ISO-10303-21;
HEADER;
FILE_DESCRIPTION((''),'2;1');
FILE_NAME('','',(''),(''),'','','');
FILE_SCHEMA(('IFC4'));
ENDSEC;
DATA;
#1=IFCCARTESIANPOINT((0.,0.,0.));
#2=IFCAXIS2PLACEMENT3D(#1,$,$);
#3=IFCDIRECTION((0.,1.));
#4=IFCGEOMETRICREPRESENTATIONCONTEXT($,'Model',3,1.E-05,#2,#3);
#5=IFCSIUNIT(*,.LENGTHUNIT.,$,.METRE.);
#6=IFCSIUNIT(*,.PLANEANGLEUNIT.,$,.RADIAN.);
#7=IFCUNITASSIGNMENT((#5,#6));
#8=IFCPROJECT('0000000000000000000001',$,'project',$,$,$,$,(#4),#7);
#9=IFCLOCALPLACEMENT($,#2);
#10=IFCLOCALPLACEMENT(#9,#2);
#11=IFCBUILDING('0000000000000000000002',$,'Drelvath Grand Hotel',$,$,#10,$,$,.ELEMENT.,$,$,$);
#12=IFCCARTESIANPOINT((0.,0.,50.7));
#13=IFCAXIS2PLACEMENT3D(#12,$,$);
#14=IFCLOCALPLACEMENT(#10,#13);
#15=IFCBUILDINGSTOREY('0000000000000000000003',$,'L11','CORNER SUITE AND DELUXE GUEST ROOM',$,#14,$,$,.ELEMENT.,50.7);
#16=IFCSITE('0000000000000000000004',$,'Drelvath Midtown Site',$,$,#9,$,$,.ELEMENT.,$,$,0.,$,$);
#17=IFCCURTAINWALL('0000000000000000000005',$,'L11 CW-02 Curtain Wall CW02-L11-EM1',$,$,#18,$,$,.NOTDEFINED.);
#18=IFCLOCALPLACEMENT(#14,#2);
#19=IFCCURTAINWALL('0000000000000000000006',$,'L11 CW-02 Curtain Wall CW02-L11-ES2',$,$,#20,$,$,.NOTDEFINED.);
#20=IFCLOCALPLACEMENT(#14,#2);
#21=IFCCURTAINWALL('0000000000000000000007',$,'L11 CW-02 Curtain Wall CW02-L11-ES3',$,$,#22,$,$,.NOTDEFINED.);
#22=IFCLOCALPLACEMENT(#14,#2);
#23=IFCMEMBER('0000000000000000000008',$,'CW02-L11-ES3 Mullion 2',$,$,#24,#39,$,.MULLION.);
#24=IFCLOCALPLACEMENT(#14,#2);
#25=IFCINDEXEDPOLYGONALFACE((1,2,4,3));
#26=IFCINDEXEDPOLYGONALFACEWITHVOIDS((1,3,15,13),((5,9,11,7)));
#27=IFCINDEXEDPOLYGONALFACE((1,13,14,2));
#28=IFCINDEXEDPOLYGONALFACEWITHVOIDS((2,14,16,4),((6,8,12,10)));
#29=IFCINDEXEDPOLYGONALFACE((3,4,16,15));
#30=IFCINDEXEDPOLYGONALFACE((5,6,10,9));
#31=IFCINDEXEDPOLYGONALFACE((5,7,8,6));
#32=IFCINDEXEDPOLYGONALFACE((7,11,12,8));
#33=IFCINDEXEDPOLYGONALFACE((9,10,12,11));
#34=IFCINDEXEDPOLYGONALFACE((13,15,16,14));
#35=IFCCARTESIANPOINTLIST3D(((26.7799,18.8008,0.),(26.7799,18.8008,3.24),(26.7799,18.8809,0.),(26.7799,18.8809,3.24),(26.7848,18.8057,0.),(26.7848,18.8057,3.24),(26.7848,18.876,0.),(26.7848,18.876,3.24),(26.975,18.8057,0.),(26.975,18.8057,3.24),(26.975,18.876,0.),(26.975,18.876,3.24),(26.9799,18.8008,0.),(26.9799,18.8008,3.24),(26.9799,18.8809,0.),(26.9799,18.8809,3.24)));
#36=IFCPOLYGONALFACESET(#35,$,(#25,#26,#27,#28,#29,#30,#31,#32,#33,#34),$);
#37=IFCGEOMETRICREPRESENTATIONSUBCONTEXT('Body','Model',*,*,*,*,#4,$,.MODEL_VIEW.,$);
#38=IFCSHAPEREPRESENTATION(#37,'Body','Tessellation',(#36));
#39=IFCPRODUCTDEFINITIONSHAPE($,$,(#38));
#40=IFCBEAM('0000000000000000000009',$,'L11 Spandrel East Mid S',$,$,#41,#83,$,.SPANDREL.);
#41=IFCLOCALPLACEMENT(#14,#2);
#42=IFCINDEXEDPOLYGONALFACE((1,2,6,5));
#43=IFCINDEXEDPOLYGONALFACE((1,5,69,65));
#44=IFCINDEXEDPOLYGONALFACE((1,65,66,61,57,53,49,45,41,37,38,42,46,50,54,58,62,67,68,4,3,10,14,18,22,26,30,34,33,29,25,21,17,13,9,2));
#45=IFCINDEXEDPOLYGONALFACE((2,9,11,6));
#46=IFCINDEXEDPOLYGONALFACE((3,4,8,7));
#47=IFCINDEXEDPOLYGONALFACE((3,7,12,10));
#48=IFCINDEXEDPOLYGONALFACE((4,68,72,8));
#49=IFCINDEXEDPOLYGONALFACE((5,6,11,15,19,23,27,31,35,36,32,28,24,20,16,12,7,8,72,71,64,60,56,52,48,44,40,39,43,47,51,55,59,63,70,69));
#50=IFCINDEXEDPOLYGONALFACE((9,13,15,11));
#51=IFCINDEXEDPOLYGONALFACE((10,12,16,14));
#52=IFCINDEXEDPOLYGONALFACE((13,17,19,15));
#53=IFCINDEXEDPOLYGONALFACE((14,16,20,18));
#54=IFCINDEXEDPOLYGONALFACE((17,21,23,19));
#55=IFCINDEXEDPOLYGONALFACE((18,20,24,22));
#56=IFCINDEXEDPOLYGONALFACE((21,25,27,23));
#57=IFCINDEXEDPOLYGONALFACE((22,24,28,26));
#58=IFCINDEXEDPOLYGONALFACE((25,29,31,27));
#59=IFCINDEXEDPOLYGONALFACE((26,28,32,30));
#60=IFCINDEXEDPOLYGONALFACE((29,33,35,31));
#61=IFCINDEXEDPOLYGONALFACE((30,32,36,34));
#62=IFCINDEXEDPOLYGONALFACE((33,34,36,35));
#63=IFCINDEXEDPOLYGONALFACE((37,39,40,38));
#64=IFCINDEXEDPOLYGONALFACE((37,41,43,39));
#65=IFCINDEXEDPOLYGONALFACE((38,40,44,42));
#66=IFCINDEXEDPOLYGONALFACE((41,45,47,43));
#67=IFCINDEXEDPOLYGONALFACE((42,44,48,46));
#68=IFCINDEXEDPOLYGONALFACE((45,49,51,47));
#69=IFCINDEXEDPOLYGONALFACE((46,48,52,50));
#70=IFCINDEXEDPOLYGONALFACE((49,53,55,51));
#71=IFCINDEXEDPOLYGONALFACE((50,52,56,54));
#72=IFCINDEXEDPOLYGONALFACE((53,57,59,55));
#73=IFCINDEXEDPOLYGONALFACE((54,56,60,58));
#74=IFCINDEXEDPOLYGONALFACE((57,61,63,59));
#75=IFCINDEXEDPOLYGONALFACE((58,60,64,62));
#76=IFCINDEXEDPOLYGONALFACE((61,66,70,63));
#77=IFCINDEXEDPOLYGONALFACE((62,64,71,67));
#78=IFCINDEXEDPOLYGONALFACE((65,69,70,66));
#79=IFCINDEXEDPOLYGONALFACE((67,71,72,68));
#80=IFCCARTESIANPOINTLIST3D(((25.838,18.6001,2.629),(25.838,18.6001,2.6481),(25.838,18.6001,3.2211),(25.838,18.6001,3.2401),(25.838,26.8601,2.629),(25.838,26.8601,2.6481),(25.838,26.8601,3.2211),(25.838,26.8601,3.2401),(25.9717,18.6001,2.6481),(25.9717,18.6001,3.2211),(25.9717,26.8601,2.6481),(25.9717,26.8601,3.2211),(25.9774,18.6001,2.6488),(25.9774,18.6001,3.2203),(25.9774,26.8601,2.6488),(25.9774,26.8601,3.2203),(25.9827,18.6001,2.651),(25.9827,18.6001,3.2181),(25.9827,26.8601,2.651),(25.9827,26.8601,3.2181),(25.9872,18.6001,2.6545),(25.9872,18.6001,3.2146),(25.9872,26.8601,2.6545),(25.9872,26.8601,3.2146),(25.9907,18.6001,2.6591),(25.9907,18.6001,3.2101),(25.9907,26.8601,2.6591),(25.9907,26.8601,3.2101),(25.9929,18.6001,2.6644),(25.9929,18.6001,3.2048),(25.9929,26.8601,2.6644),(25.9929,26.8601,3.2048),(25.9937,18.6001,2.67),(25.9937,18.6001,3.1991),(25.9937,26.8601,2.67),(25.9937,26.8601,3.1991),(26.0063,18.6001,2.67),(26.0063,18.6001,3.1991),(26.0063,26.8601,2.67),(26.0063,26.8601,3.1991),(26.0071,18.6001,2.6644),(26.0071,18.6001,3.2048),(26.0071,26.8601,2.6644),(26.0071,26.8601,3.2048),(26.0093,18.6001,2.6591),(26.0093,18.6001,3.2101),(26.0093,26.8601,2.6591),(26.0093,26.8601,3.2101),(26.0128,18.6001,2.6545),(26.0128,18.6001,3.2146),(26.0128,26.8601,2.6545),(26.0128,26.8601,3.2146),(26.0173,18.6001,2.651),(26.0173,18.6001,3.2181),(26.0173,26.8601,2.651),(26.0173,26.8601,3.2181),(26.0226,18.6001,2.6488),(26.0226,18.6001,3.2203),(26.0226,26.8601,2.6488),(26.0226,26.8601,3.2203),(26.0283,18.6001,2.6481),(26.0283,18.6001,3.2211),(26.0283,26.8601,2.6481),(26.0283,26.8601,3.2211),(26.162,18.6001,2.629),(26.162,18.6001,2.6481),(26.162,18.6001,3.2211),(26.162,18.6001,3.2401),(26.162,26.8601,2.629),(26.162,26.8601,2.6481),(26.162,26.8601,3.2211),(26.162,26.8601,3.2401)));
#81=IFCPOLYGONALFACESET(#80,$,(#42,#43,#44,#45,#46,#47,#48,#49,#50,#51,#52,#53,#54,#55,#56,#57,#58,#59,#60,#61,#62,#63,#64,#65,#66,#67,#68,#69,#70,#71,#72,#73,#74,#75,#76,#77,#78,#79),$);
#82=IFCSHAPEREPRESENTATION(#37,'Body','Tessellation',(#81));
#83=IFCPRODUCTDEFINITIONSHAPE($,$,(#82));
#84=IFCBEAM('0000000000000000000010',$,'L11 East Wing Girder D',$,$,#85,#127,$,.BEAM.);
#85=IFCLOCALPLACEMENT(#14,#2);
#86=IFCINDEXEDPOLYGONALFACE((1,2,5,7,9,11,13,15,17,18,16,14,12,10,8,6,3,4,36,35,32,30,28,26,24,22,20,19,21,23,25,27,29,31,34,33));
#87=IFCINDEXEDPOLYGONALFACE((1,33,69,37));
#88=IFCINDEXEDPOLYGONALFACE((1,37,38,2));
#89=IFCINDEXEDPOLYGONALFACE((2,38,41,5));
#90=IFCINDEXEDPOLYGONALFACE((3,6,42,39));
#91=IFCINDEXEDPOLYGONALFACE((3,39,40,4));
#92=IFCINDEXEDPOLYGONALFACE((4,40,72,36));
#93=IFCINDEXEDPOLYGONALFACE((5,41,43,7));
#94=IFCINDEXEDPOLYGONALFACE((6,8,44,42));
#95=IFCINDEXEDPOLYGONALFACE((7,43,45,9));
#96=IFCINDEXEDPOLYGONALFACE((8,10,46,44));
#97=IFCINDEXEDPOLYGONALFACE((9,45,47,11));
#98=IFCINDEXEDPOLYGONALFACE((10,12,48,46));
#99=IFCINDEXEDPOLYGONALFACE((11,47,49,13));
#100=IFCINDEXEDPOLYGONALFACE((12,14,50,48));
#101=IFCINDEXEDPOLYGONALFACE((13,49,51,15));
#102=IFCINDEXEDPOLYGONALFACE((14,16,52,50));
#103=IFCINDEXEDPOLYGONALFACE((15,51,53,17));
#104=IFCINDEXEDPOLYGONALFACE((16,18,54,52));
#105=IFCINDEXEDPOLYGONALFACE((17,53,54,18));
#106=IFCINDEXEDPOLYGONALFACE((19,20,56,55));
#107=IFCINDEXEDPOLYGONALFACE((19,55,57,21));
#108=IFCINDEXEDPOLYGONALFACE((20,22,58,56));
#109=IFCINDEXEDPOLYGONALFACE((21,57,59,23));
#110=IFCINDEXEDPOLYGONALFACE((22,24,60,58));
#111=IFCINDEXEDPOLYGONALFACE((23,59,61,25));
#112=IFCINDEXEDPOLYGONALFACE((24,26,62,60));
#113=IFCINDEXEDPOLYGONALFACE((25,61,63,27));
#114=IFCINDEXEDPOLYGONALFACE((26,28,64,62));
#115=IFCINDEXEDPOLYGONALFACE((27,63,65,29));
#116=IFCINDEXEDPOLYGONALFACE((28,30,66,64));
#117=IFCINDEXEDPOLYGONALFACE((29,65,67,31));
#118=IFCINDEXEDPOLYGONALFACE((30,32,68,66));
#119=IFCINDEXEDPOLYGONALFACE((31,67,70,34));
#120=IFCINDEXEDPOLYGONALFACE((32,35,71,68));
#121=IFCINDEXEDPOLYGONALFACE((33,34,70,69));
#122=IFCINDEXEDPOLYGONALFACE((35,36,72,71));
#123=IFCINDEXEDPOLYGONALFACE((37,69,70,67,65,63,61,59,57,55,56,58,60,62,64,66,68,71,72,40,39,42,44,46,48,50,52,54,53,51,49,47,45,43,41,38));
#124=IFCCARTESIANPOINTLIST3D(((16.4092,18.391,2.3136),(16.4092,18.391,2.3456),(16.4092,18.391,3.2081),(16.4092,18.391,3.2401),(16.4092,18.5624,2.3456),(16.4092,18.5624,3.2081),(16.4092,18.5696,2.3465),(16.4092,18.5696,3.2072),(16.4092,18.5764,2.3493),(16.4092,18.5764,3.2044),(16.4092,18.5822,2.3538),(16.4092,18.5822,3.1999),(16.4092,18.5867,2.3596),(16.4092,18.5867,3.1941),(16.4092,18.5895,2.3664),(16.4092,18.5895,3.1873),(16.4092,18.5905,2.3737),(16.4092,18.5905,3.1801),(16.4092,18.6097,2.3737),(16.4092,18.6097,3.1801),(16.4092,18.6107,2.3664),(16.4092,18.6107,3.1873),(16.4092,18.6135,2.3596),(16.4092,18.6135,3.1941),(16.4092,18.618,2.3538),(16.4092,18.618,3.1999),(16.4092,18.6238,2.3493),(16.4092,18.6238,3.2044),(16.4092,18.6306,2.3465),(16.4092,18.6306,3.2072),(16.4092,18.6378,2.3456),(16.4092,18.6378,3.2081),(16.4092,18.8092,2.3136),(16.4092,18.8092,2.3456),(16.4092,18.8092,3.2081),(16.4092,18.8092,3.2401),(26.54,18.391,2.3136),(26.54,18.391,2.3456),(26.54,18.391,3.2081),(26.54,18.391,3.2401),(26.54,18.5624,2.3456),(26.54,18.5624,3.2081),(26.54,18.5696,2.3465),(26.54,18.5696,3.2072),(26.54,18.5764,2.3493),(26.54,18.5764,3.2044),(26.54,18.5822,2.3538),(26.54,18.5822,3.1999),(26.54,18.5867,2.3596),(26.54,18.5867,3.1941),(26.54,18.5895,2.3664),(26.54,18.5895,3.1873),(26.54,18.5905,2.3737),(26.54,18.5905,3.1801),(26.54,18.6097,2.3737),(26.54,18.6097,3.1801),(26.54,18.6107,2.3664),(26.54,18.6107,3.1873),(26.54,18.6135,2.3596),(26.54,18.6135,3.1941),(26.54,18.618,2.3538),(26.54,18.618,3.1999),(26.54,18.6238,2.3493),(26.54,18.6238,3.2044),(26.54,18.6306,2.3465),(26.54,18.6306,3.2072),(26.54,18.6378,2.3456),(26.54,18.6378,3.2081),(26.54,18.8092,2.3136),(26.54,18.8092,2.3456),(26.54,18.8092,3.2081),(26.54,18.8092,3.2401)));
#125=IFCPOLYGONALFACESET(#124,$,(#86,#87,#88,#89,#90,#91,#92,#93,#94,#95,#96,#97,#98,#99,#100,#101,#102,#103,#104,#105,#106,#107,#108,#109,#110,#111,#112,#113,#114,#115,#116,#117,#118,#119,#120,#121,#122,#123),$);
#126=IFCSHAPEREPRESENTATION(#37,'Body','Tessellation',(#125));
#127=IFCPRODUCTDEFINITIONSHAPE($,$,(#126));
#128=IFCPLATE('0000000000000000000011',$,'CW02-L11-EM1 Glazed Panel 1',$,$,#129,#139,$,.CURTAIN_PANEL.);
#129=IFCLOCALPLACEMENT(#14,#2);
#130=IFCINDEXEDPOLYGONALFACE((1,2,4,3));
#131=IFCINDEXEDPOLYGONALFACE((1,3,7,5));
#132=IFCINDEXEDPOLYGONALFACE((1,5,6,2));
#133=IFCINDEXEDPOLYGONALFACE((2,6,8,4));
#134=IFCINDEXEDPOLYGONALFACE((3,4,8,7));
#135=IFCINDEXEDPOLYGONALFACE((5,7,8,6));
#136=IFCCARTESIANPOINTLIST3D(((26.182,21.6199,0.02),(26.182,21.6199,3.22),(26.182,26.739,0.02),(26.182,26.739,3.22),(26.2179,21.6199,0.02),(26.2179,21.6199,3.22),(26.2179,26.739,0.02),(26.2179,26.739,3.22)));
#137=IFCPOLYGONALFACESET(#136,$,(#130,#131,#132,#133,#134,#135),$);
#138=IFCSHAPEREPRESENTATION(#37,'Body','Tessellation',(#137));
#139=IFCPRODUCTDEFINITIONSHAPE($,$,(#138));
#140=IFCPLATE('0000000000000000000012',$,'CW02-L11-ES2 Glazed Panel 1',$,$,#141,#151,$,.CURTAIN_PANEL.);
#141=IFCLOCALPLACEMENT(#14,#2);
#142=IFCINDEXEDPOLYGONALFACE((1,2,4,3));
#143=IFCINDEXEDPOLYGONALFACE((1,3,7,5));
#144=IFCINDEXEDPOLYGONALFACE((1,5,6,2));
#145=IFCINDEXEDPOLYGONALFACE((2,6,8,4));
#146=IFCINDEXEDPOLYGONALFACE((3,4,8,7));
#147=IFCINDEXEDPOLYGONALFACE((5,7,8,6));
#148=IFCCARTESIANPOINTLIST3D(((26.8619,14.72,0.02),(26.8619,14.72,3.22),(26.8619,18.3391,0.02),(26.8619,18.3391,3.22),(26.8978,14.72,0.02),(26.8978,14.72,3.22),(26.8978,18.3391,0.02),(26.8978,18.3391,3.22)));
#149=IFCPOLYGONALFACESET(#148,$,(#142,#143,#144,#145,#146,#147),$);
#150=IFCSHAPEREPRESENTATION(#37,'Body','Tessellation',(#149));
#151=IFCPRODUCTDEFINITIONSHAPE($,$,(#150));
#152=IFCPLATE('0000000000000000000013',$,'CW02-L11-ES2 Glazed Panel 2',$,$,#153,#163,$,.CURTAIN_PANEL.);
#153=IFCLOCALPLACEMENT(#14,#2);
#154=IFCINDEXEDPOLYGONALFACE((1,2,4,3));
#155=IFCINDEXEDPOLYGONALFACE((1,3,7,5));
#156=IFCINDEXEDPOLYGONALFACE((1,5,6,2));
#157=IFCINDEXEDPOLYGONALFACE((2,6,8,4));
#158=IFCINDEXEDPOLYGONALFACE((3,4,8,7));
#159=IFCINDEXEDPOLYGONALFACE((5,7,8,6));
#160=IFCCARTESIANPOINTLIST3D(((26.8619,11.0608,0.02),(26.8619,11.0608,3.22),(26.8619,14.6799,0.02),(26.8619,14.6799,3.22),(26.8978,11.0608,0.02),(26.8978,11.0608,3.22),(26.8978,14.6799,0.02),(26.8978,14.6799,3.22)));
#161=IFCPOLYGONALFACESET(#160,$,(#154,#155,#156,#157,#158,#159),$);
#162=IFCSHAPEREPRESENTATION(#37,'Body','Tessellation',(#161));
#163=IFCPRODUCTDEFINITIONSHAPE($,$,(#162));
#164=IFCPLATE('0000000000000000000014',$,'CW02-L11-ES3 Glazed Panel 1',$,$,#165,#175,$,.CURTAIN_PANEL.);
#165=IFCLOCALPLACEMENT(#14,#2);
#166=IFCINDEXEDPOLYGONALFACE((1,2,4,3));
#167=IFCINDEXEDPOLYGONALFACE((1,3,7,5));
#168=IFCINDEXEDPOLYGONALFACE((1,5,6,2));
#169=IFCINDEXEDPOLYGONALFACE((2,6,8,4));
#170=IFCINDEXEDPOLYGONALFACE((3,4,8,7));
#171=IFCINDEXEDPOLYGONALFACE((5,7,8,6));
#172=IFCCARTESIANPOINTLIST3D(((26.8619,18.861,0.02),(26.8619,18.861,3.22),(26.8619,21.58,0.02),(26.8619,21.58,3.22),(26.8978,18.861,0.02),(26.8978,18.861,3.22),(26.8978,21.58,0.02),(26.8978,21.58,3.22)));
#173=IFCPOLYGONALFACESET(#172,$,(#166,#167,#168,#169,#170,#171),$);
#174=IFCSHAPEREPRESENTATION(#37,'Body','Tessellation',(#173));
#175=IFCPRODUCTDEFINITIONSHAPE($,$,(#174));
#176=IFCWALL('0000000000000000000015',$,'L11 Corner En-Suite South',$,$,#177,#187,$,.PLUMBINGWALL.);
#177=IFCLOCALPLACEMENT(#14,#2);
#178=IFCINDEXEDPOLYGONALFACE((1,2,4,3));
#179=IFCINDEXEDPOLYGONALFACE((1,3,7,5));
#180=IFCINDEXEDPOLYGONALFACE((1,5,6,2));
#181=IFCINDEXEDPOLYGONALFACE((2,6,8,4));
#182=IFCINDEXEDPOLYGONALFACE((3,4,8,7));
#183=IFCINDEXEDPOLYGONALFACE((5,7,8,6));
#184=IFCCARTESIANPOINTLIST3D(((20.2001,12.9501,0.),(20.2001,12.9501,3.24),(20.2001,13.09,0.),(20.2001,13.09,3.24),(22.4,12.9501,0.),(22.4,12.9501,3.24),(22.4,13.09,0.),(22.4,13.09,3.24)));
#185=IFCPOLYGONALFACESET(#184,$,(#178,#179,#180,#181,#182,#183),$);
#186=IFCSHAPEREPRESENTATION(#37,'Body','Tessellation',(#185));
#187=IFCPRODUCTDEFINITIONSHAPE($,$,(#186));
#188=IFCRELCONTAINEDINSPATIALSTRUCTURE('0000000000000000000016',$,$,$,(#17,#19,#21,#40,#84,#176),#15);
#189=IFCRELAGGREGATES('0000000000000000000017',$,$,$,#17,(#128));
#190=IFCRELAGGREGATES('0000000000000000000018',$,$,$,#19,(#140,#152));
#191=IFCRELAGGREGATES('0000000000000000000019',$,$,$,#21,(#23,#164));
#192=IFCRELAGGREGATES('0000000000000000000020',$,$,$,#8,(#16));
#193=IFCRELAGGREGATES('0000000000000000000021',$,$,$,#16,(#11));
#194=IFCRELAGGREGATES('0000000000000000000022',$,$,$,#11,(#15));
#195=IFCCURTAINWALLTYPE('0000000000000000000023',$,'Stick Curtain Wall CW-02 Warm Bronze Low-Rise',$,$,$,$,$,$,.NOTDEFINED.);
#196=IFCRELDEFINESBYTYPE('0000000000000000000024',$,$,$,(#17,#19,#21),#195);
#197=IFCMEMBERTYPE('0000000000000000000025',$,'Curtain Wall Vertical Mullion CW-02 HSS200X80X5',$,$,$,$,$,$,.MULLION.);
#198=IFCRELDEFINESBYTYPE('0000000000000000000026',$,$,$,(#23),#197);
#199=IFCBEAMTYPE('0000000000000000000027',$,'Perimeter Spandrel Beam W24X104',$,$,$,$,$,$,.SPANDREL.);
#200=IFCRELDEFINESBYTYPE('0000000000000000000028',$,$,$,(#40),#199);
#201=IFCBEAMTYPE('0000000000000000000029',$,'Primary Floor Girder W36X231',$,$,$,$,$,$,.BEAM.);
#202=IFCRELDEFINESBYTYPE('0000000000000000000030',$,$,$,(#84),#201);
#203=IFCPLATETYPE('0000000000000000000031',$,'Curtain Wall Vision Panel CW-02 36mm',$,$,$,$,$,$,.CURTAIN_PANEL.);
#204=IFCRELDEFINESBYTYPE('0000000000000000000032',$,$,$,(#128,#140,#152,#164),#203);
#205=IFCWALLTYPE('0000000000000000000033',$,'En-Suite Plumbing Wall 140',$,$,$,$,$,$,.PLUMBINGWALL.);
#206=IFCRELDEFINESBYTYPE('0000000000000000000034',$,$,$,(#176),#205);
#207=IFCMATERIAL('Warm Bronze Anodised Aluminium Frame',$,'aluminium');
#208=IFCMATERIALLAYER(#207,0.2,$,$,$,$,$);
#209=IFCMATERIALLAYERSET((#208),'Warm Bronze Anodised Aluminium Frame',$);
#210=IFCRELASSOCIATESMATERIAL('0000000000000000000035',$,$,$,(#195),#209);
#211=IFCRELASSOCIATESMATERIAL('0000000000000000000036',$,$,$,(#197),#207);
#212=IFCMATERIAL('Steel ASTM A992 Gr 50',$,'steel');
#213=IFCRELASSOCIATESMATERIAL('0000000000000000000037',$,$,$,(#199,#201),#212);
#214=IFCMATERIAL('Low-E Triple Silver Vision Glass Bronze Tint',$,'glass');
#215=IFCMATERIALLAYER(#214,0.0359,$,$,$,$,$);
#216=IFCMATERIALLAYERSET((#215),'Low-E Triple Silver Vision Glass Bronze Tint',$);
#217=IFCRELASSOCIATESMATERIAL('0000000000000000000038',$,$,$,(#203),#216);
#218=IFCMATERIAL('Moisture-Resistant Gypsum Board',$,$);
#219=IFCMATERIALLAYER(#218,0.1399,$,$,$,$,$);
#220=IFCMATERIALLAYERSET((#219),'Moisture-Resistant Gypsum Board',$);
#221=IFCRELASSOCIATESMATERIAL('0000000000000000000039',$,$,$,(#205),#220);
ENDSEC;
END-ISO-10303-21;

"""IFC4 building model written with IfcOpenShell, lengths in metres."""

from ifc_helpers import new_model, si_unit, direction, frame, frame_2d, origin, origin_2d, place, context, subcontext, project, spatial, rectangle, hollow_rectangle, i_section, extrude, material, layer, layer_set, material_profile, profile_set, type_object, element, aggregate, save


model = new_model("IFC4")

# Units and contexts
model_context = context("Model", 3, precision=1e-05, world=origin(), true_north=direction((0.0, 1.0)))
body_context = subcontext(model_context, "Body", "Model", "MODEL_VIEW")
ifc_project = project(units=[si_unit("LENGTHUNIT", "METRE"), si_unit("PLANEANGLEUNIT", "RADIAN")], contexts=[model_context])

# Site, building, storey
site_placement = place(None, origin())
site = spatial("IfcSite", under=ifc_project, at=site_placement, Name="Drelvath Midtown Site", CompositionType="ELEMENT", RefElevation=0.0)
building_placement = place(site_placement, origin())
building = spatial("IfcBuilding", under=site, at=building_placement, Name="Drelvath Grand Hotel", CompositionType="ELEMENT")
storey_placement = place(building_placement, frame((0.0, 0.0, 50.7)))
storey = spatial("IfcBuildingStorey", under=building, at=storey_placement, Name="L11", Description="CORNER SUITE AND DELUXE GUEST ROOM", CompositionType="ELEMENT", Elevation=50.7)

# Curtain walls
ifc_material_1 = material(Name="Warm Bronze Anodised Aluminium Frame", Category="aluminium")
ifc_layer_1 = layer(ifc_material_1, 0.2)
ifc_layer_set_1 = layer_set([ifc_layer_1], Name="Warm Bronze Anodised Aluminium Frame")
curtain_wall_type = type_object("IfcCurtainWallType", Name="Stick Curtain Wall CW-02 Warm Bronze Low-Rise", PredefinedType="NOTDEFINED", material=ifc_layer_set_1)
curtain_wall_1_placement = place(storey_placement, origin())
curtain_wall_1 = element("IfcCurtainWall", 1, at=curtain_wall_1_placement, inside=storey, type_object=curtain_wall_type, Name="L11 CW-02 Curtain Wall CW02-L11-EM1", PredefinedType="NOTDEFINED")
curtain_wall_2_placement = place(storey_placement, origin())
curtain_wall_2 = element("IfcCurtainWall", 2, at=curtain_wall_2_placement, inside=storey, type_object=curtain_wall_type, Name="L11 CW-02 Curtain Wall CW02-L11-ES2", PredefinedType="NOTDEFINED")
curtain_wall_3_placement = place(storey_placement, origin())
curtain_wall_3 = element("IfcCurtainWall", 3, at=curtain_wall_3_placement, inside=storey, type_object=curtain_wall_type, Name="L11 CW-02 Curtain Wall CW02-L11-ES3", PredefinedType="NOTDEFINED")

# Member
ifc_material_profile_1 = material_profile(ifc_material_1, hollow_rectangle(XDim=0.0801, YDim=0.2, WallThickness=0.0049, at=origin_2d()), Name="HSS200X80X5")
ifc_profile_set_1 = profile_set([ifc_material_profile_1], Name="Warm Bronze Anodised Aluminium Frame")
member_type_1 = type_object("IfcMemberType", Name="Curtain Wall Vertical Mullion CW-02 HSS200X80X5", PredefinedType="MULLION", material=ifc_profile_set_1)
member_1_placement = place(storey_placement, frame((26.8799, 18.8408, 0.0), z_axis=(0.0, 0.0, 1.0), x_axis=(0.0, 1.0, 0.0)))
member_1 = element("IfcMember", 4, at=member_1_placement, type_object=member_type_1, Name="CW02-L11-ES3 Mullion 2", PredefinedType="MULLION", context=body_context, shape_type="SweptSolid", body=[
    extrude(hollow_rectangle(XDim=0.0801, YDim=0.2, WallThickness=0.0049, at=origin_2d()), origin(), (0.0, 0.0, 1.0), 3.24),
])

# Beams
ifc_material_2 = material(Name="Steel ASTM A992 Gr 50", Category="steel")
ifc_material_profile_2 = material_profile(ifc_material_2, i_section(OverallWidth=0.324, OverallDepth=0.6111, WebThickness=0.0127, FlangeThickness=0.019, FilletRadius=0.022, at=origin_2d()), Name="W24X104")
ifc_profile_set_2 = profile_set([ifc_material_profile_2], Name="Steel ASTM A992 Gr 50")
beam_type_1 = type_object("IfcBeamType", Name="Perimeter Spandrel Beam W24X104", PredefinedType="SPANDREL", material=ifc_profile_set_2)
beam_1_placement = place(storey_placement, frame((26.0, 18.6001, 2.9346), z_axis=(0.0, 1.0, 0.0), x_axis=(-1.0, 0.0, 0.0)))
element("IfcBeam", 5, at=beam_1_placement, inside=storey, type_object=beam_type_1, Name="L11 Spandrel East Mid S", PredefinedType="SPANDREL", context=body_context, shape_type="SweptSolid", body=[
    extrude(i_section(OverallWidth=0.324, OverallDepth=0.6111, WebThickness=0.0127, FlangeThickness=0.019, FilletRadius=0.022, at=origin_2d()), origin(), (0.0, 0.0, 1.0), 8.26),
])
ifc_material_profile_3 = material_profile(ifc_material_2, i_section(OverallWidth=0.4182, OverallDepth=0.9265, WebThickness=0.0193, FlangeThickness=0.032, FilletRadius=0.0281, at=origin_2d()), Name="W36X231")
ifc_profile_set_3 = profile_set([ifc_material_profile_3], Name="Steel ASTM A992 Gr 50")
beam_type_2 = type_object("IfcBeamType", Name="Primary Floor Girder W36X231", PredefinedType="BEAM", material=ifc_profile_set_3)
beam_2_placement = place(storey_placement, frame((16.4092, 18.6001, 2.7769), z_axis=(1.0, 0.0, 0.0), x_axis=(0.0, 1.0, 0.0)))
element("IfcBeam", 6, at=beam_2_placement, inside=storey, type_object=beam_type_2, Name="L11 East Wing Girder D", PredefinedType="BEAM", context=body_context, shape_type="SweptSolid", body=[
    extrude(i_section(OverallWidth=0.4182, OverallDepth=0.9265, WebThickness=0.0193, FlangeThickness=0.032, FilletRadius=0.0281, at=origin_2d()), origin(), (0.0, 0.0, 1.0), 10.1309),
])

# Plates
ifc_material_3 = material(Name="Low-E Triple Silver Vision Glass Bronze Tint", Category="glass")
ifc_layer_2 = layer(ifc_material_3, 0.0359)
ifc_layer_set_2 = layer_set([ifc_layer_2], Name="Low-E Triple Silver Vision Glass Bronze Tint")
plate_type = type_object("IfcPlateType", Name="Curtain Wall Vision Panel CW-02 36mm", PredefinedType="CURTAIN_PANEL", material=ifc_layer_set_2)
plate_1_placement = place(storey_placement, frame((26.2, 24.1794, 0.02), z_axis=(0.0, 0.0, 1.0), x_axis=(0.0, -1.0, 0.0)))
plate_1 = element("IfcPlate", 7, at=plate_1_placement, type_object=plate_type, Name="CW02-L11-EM1 Glazed Panel 1", PredefinedType="CURTAIN_PANEL", context=body_context, shape_type="SweptSolid", body=[
    extrude(rectangle(XDim=5.1191, YDim=0.0359, at=origin_2d()), origin(), (0.0, 0.0, 1.0), 3.2),
])
aggregate(curtain_wall_1, [plate_1])
plate_2_placement = place(storey_placement, frame((26.8799, 16.5295, 0.02), z_axis=(0.0, 0.0, 1.0), x_axis=(0.0, -1.0, 0.0)))
plate_2 = element("IfcPlate", 8, at=plate_2_placement, type_object=plate_type, Name="CW02-L11-ES2 Glazed Panel 1", PredefinedType="CURTAIN_PANEL", context=body_context, shape_type="SweptSolid", body=[
    extrude(rectangle(XDim=3.6191, YDim=0.0359, at=origin_2d()), origin(), (0.0, 0.0, 1.0), 3.2),
])
plate_3_placement = place(storey_placement, frame((26.8799, 12.8704, 0.02), z_axis=(0.0, 0.0, 1.0), x_axis=(0.0, -1.0, 0.0)))
plate_3 = element("IfcPlate", 9, at=plate_3_placement, type_object=plate_type, Name="CW02-L11-ES2 Glazed Panel 2", PredefinedType="CURTAIN_PANEL", context=body_context, shape_type="SweptSolid", body=[
    extrude(rectangle(XDim=3.6191, YDim=0.0359, at=origin_2d()), origin(), (0.0, 0.0, 1.0), 3.2),
])
aggregate(curtain_wall_2, [plate_2, plate_3])
plate_4_placement = place(storey_placement, frame((26.8799, 20.2205, 0.02), z_axis=(0.0, 0.0, 1.0), x_axis=(0.0, -1.0, 0.0)))
plate_4 = element("IfcPlate", 10, at=plate_4_placement, type_object=plate_type, Name="CW02-L11-ES3 Glazed Panel 1", PredefinedType="CURTAIN_PANEL", context=body_context, shape_type="SweptSolid", body=[
    extrude(rectangle(XDim=2.719, YDim=0.0359, at=origin_2d()), origin(), (0.0, 0.0, 1.0), 3.2),
])
aggregate(curtain_wall_3, [member_1, plate_4])

# Wall
ifc_material_4 = material(Name="Moisture-Resistant Gypsum Board")
ifc_layer_3 = layer(ifc_material_4, 0.1399)
ifc_layer_set_3 = layer_set([ifc_layer_3], Name="Moisture-Resistant Gypsum Board")
wall_type_1 = type_object("IfcWallType", Name="En-Suite Plumbing Wall 140", PredefinedType="PLUMBINGWALL", material=ifc_layer_set_3)
for number, where, z_axis, x_axis, name in (
    (11, (20.2, 13.02, 0.0), (0.0, 0.0, 1.0), (1.0, 0.0, 0.0), "L11 Corner En-Suite South"),
):
    element("IfcWall", number, at=place(storey_placement, frame(where, z_axis=z_axis, x_axis=x_axis)), inside=storey, type_object=wall_type_1, Name=name, PredefinedType="PLUMBINGWALL", context=body_context, shape_type="SweptSolid", body=[
        extrude(rectangle(XDim=2.2, YDim=0.1399, at=frame_2d((1.1001, 0.0))), origin(), (0.0, 0.0, 1.0), 3.24),
    ])

save(model, "model.ifc")
